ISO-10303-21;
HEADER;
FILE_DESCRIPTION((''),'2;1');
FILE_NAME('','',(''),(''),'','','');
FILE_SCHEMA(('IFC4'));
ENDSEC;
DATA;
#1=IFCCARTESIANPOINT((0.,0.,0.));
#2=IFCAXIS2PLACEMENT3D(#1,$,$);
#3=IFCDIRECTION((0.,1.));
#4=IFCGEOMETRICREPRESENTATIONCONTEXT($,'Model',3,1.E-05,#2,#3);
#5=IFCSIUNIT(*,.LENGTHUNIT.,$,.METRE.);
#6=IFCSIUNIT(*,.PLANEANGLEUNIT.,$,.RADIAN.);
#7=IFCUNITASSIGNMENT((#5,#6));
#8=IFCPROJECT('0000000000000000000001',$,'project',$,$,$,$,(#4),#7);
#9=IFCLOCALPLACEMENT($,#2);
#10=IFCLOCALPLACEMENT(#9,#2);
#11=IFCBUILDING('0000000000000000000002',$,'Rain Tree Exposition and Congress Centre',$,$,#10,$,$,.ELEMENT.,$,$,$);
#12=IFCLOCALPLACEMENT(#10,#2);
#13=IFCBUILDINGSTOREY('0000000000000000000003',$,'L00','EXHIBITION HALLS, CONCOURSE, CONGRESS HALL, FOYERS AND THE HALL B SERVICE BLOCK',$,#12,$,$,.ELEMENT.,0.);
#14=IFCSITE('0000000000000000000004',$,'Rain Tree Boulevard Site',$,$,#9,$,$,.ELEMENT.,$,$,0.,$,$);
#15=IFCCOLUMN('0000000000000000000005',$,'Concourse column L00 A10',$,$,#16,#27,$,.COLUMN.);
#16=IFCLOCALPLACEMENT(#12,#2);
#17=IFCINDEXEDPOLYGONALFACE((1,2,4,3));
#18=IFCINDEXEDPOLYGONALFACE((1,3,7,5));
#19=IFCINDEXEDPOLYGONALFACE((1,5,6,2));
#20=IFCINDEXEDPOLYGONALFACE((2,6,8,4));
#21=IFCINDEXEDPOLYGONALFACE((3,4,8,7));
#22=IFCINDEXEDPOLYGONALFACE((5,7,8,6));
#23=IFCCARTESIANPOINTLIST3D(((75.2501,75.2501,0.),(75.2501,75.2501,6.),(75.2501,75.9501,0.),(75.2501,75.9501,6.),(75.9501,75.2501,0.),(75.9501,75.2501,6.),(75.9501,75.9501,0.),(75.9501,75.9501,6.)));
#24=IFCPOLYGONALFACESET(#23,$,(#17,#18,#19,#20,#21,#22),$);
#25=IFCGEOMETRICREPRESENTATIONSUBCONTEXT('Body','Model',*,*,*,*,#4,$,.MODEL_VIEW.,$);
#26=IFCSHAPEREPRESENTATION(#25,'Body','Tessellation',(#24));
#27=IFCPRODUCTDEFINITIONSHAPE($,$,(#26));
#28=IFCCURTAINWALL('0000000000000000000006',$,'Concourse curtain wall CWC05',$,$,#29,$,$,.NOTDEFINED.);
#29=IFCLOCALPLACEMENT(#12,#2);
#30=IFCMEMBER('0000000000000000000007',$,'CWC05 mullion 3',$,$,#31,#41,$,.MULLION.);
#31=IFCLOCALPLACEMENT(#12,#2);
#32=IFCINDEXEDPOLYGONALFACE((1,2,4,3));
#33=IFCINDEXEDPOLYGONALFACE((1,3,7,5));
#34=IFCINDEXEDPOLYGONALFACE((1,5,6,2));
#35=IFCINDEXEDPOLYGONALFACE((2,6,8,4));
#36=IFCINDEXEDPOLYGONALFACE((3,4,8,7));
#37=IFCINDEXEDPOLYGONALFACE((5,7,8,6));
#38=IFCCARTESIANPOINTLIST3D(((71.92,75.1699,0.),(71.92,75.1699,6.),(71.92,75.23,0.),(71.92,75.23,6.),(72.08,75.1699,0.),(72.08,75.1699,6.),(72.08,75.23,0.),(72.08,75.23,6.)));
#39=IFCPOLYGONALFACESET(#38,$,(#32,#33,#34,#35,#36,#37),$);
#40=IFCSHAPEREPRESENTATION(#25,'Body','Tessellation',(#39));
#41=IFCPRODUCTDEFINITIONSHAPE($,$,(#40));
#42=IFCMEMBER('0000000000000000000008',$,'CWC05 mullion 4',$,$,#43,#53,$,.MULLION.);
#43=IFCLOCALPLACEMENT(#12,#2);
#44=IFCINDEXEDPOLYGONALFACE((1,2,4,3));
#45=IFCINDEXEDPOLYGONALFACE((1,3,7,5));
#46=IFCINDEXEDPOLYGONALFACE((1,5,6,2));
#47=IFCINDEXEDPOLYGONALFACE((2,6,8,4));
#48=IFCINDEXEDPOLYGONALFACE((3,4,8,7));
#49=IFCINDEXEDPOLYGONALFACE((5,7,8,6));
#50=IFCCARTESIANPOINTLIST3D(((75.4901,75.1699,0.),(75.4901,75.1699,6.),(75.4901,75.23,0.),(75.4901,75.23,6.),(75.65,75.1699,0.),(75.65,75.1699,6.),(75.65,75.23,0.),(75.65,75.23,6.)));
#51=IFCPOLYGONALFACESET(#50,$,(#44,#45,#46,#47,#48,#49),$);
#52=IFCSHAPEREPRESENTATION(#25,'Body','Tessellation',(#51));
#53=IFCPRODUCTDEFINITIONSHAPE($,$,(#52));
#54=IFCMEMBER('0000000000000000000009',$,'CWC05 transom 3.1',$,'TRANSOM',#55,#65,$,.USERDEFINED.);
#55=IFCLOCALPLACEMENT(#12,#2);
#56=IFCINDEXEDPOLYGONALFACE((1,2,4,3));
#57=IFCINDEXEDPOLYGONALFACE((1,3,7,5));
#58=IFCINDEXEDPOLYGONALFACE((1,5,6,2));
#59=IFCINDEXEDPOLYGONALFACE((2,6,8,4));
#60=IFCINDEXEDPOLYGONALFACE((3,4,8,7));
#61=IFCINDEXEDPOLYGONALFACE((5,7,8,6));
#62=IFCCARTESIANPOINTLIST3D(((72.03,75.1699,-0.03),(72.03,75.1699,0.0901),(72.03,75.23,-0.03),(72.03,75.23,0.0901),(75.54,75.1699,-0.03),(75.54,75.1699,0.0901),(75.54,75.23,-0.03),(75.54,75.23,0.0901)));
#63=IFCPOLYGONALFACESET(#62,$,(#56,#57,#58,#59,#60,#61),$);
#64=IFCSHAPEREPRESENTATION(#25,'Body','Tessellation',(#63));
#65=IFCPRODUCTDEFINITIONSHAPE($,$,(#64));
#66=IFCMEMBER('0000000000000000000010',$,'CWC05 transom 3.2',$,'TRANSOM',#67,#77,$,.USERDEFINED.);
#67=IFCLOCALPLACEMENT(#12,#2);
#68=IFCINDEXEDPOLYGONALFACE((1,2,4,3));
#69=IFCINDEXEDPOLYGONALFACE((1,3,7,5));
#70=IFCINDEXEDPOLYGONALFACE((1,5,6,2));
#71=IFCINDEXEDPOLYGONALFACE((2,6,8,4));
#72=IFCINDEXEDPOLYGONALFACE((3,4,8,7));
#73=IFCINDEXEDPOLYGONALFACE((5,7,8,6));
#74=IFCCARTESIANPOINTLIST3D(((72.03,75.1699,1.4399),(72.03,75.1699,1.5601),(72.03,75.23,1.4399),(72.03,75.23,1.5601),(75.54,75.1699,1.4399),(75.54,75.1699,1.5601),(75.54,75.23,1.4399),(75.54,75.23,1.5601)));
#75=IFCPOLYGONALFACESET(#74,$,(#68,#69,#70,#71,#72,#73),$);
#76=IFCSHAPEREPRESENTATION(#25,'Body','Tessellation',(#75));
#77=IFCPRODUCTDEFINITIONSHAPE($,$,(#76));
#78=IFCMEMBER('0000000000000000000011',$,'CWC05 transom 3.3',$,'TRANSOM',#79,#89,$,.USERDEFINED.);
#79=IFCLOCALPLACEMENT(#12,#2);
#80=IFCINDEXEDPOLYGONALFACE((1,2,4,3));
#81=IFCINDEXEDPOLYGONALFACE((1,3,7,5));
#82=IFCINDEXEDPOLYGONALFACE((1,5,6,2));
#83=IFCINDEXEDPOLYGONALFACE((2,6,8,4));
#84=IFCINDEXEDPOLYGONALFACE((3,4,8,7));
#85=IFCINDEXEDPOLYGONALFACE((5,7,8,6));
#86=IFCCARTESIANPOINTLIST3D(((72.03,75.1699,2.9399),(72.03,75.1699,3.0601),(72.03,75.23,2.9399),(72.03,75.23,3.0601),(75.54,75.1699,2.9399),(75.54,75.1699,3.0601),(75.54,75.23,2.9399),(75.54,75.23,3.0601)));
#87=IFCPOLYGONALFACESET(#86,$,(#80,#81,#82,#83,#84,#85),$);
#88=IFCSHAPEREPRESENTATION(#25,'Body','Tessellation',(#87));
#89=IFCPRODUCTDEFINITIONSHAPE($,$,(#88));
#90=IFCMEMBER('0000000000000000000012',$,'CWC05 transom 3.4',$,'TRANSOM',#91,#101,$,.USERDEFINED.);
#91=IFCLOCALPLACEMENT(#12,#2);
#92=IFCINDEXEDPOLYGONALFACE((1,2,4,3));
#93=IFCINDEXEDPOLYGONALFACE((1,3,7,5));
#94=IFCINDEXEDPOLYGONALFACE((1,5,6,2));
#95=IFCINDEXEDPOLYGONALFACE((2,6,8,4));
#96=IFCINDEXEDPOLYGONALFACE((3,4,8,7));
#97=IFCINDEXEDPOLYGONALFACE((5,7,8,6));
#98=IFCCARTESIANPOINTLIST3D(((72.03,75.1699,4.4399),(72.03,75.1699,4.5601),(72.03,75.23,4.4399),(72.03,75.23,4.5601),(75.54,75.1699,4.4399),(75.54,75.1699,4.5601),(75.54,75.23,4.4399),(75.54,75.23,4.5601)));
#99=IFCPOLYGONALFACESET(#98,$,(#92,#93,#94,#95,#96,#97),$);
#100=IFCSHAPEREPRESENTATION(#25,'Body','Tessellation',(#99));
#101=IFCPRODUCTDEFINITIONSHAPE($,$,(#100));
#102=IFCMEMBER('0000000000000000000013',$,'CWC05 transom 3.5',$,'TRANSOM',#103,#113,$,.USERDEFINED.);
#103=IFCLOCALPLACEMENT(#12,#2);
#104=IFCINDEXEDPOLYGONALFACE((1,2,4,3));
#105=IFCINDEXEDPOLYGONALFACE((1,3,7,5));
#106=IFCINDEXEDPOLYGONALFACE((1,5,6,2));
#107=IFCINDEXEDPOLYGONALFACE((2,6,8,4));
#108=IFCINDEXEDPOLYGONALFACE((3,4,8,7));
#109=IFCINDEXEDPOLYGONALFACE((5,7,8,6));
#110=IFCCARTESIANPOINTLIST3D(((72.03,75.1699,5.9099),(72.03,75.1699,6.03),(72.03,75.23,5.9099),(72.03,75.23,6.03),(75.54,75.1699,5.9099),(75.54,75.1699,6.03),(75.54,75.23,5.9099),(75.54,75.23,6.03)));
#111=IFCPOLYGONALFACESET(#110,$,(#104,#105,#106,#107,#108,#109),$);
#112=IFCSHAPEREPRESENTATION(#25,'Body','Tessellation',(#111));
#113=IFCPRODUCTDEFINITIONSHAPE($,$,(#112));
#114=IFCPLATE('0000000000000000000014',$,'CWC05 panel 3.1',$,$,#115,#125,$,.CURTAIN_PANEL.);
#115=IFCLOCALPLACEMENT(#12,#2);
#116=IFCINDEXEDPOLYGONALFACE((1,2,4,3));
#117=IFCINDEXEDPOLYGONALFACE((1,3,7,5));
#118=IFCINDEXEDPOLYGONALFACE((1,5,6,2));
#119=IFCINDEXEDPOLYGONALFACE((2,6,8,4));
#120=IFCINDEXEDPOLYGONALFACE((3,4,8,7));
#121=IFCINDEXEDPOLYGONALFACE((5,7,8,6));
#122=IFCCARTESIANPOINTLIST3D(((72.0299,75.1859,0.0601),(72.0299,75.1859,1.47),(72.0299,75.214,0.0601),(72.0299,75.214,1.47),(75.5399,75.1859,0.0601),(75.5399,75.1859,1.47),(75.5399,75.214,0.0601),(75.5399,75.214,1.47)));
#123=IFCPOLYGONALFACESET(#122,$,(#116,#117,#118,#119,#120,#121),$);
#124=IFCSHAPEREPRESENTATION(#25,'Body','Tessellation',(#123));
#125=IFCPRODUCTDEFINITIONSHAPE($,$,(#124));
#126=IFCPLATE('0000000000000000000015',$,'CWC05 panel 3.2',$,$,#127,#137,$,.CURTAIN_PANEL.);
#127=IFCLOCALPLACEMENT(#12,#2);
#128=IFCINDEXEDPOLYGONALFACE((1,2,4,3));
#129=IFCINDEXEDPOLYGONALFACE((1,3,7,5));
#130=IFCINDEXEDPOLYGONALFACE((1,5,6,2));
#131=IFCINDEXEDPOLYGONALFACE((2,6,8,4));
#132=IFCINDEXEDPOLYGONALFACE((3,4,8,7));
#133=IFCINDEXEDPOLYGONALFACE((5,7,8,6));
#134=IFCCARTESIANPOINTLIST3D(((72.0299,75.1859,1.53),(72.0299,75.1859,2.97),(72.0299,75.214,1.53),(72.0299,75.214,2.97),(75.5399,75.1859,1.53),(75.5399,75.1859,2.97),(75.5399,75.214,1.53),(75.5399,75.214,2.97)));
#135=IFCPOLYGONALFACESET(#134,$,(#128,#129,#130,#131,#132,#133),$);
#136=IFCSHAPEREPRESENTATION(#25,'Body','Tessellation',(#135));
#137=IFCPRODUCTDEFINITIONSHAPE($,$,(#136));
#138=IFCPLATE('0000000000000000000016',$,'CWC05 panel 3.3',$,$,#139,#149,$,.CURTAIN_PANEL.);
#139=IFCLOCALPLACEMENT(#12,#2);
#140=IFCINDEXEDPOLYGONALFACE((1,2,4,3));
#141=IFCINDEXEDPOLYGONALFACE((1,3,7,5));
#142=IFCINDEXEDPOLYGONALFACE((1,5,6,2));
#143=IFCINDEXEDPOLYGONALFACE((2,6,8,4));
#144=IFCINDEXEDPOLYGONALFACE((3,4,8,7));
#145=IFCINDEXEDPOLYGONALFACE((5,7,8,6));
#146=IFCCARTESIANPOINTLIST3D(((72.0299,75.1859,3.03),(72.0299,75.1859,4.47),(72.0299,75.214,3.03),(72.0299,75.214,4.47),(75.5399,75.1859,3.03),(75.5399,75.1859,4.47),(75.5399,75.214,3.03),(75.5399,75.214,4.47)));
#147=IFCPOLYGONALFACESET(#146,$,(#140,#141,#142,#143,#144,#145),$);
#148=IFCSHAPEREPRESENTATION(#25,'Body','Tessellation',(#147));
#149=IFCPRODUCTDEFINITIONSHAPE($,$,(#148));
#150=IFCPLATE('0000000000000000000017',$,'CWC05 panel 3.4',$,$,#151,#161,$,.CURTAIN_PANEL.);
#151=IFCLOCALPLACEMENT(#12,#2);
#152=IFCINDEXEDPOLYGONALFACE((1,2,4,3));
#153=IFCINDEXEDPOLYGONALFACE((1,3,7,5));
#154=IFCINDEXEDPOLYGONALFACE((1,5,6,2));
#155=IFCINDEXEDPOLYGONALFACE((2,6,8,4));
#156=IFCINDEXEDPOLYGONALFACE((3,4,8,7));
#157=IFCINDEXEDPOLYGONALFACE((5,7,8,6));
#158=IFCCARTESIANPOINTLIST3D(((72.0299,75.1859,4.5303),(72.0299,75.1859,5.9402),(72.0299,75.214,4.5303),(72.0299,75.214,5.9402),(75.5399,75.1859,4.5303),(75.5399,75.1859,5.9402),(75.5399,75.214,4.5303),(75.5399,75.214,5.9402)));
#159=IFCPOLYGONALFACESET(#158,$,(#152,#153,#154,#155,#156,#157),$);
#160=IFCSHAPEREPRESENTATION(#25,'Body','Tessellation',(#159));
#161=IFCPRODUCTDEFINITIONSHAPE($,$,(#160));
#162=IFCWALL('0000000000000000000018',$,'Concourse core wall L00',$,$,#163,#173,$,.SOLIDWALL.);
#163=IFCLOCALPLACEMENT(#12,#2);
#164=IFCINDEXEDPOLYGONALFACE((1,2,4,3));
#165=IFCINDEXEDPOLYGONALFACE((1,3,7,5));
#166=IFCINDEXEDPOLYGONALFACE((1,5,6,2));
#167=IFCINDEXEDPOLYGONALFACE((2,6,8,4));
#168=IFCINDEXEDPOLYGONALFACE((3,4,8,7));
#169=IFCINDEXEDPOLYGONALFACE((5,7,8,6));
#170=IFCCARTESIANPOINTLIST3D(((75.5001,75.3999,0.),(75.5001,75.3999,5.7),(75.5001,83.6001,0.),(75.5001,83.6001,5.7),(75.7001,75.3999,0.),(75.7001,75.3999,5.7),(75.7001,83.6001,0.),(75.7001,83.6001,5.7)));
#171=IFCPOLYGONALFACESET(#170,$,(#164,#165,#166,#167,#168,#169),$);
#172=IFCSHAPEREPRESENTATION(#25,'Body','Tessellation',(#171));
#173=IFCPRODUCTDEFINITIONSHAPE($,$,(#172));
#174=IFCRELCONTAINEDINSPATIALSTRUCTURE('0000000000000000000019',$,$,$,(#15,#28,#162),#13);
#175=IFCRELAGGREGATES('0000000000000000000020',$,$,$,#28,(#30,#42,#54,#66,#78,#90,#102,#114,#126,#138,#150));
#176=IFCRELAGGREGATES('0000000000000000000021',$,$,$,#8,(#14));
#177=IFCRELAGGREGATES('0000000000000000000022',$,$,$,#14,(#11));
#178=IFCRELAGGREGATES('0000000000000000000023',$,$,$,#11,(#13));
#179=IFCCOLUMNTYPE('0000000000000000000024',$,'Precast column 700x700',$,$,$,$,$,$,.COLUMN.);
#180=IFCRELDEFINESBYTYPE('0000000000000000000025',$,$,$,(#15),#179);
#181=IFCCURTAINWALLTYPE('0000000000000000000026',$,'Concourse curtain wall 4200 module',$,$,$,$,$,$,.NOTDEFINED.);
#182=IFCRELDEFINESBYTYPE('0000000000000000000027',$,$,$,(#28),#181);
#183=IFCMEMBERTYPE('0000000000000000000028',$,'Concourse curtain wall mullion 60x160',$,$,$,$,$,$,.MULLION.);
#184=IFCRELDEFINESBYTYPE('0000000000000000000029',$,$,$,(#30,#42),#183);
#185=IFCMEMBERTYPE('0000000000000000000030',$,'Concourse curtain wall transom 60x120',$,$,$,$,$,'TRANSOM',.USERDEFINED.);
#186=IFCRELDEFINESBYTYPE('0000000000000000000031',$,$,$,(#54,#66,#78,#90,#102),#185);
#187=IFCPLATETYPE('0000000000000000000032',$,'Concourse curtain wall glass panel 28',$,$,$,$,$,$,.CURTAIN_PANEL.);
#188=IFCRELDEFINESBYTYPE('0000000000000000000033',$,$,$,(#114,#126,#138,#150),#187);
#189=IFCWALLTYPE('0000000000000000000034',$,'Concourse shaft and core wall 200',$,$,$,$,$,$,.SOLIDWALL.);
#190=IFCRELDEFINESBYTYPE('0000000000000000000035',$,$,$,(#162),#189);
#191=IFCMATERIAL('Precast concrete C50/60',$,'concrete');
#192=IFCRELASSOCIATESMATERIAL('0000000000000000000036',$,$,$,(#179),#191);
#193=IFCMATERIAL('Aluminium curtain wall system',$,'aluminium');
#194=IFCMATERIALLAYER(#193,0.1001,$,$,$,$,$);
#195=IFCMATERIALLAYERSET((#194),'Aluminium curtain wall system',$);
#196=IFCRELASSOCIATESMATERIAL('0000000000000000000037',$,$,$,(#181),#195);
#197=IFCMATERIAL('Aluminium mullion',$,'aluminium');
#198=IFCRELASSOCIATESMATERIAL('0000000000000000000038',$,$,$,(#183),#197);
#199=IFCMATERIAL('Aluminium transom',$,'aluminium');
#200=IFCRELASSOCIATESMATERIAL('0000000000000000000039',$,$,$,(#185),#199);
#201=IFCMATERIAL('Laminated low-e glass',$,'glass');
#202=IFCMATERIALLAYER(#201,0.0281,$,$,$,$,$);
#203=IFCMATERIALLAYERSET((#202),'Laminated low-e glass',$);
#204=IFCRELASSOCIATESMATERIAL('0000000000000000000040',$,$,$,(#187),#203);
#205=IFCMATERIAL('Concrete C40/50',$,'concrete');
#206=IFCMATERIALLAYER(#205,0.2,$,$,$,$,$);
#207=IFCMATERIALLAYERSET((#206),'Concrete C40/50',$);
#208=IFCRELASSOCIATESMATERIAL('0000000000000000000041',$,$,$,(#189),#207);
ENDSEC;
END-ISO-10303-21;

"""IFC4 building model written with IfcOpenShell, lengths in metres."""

from ifc_helpers import new_model, si_unit, direction, frame, frame_2d, origin, origin_2d, place, context, subcontext, project, spatial, rectangle, extrude, material, layer, layer_set, material_profile, profile_set, type_object, element, aggregate, save


model = new_model("IFC4")

# Units and contexts
model_context = context("Model", 3, precision=1e-05, world=origin(), true_north=direction((0.0, 1.0)))
body_context = subcontext(model_context, "Body", "Model", "MODEL_VIEW")
ifc_project = project(units=[si_unit("LENGTHUNIT", "METRE"), si_unit("PLANEANGLEUNIT", "RADIAN")], contexts=[model_context])

# Site, building, storey
site_placement = place(None, origin())
site = spatial("IfcSite", under=ifc_project, at=site_placement, Name="Rain Tree Boulevard Site", CompositionType="ELEMENT", RefElevation=0.0)
building_placement = place(site_placement, origin())
building = spatial("IfcBuilding", under=site, at=building_placement, Name="Rain Tree Exposition and Congress Centre", CompositionType="ELEMENT")
storey_placement = place(building_placement, origin())
storey = spatial("IfcBuildingStorey", under=building, at=storey_placement, Name="L00", Description="EXHIBITION HALLS, CONCOURSE, CONGRESS HALL, FOYERS AND THE HALL B SERVICE BLOCK", CompositionType="ELEMENT", Elevation=0.0)

# Column
ifc_material_1 = material(Name="Precast concrete C50/60", Category="concrete")
ifc_material_profile_1 = material_profile(ifc_material_1, rectangle(XDim=0.7, YDim=0.7, at=origin_2d()), Name="RC 700x700")
ifc_profile_set_1 = profile_set([ifc_material_profile_1], Name="Precast concrete C50/60")
column_type = type_object("IfcColumnType", Name="Precast column 700x700", PredefinedType="COLUMN", material=ifc_profile_set_1)
column_placement = place(storey_placement, frame((75.6001, 75.6001, 0.0), z_axis=(0.0, 0.0, 1.0), x_axis=(1.0, 0.0, 0.0)))
element("IfcColumn", 1, at=column_placement, inside=storey, type_object=column_type, Name="Concourse column L00 A10", PredefinedType="COLUMN", context=body_context, shape_type="SweptSolid", body=[
    extrude(rectangle(XDim=0.7, YDim=0.7, at=origin_2d()), origin(), (0.0, 0.0, 1.0), 6.0),
])

# Curtain wall, members, plates
ifc_material_2 = material(Name="Aluminium curtain wall system", Category="aluminium")
ifc_layer_1 = layer(ifc_material_2, 0.1001)
ifc_layer_set_1 = layer_set([ifc_layer_1], Name="Aluminium curtain wall system")
curtain_wall_type = type_object("IfcCurtainWallType", Name="Concourse curtain wall 4200 module", PredefinedType="NOTDEFINED", material=ifc_layer_set_1)
curtain_wall_placement = place(storey_placement, origin())
curtain_wall = element("IfcCurtainWall", 2, at=curtain_wall_placement, inside=storey, type_object=curtain_wall_type, Name="Concourse curtain wall CWC05", PredefinedType="NOTDEFINED")
ifc_material_3 = material(Name="Aluminium mullion", Category="aluminium")
ifc_material_profile_2 = material_profile(ifc_material_3, rectangle(XDim=0.0601, YDim=0.1599, at=origin_2d()), Name="AL 60x160")
ifc_profile_set_2 = profile_set([ifc_material_profile_2], Name="Aluminium mullion")
member_type_1 = type_object("IfcMemberType", Name="Concourse curtain wall mullion 60x160", PredefinedType="MULLION", material=ifc_profile_set_2)
member_1_placement = place(storey_placement, frame((72.0, 75.2, 0.0), z_axis=(0.0, 0.0, 1.0), x_axis=(0.0, 1.0, 0.0)))
member_1 = element("IfcMember", 3, at=member_1_placement, type_object=member_type_1, Name="CWC05 mullion 3", PredefinedType="MULLION", context=body_context, shape_type="SweptSolid", body=[
    extrude(rectangle(XDim=0.0601, YDim=0.1599, at=origin_2d()), origin(), (0.0, 0.0, 1.0), 6.0),
])
member_2_placement = place(storey_placement, frame((75.5701, 75.2, 0.0), z_axis=(0.0, 0.0, 1.0), x_axis=(0.0, 1.0, 0.0)))
member_2 = element("IfcMember", 4, at=member_2_placement, type_object=member_type_1, Name="CWC05 mullion 4", PredefinedType="MULLION", context=body_context, shape_type="SweptSolid", body=[
    extrude(rectangle(XDim=0.0601, YDim=0.1599, at=origin_2d()), origin(), (0.0, 0.0, 1.0), 6.0),
])
ifc_material_4 = material(Name="Aluminium transom", Category="aluminium")
ifc_material_profile_3 = material_profile(ifc_material_4, rectangle(XDim=0.0601, YDim=0.1201, at=origin_2d()), Name="AL 60x120")
ifc_profile_set_3 = profile_set([ifc_material_profile_3], Name="Aluminium transom")
member_type_2 = type_object("IfcMemberType", Name="Concourse curtain wall transom 60x120", ElementType="TRANSOM", PredefinedType="USERDEFINED", material=ifc_profile_set_3)
member_3_placement = place(storey_placement, frame((72.03, 75.2, 0.03), z_axis=(1.0, 0.0, 0.0), x_axis=(0.0, 1.0, 0.0)))
member_3 = element("IfcMember", 5, at=member_3_placement, type_object=member_type_2, Name="CWC05 transom 3.1", ObjectType="TRANSOM", PredefinedType="USERDEFINED", context=body_context, shape_type="SweptSolid", body=[
    extrude(rectangle(XDim=0.0601, YDim=0.1201, at=origin_2d()), origin(), (0.0, 0.0, 1.0), 3.51),
])
member_4_placement = place(storey_placement, frame((72.03, 75.2, 1.5), z_axis=(1.0, 0.0, 0.0), x_axis=(0.0, 1.0, 0.0)))
member_4 = element("IfcMember", 6, at=member_4_placement, type_object=member_type_2, Name="CWC05 transom 3.2", ObjectType="TRANSOM", PredefinedType="USERDEFINED", context=body_context, shape_type="SweptSolid", body=[
    extrude(rectangle(XDim=0.0601, YDim=0.1201, at=origin_2d()), origin(), (0.0, 0.0, 1.0), 3.51),
])
member_5_placement = place(storey_placement, frame((72.03, 75.2, 3.0), z_axis=(1.0, 0.0, 0.0), x_axis=(0.0, 1.0, 0.0)))
member_5 = element("IfcMember", 7, at=member_5_placement, type_object=member_type_2, Name="CWC05 transom 3.3", ObjectType="TRANSOM", PredefinedType="USERDEFINED", context=body_context, shape_type="SweptSolid", body=[
    extrude(rectangle(XDim=0.0601, YDim=0.1201, at=origin_2d()), origin(), (0.0, 0.0, 1.0), 3.51),
])
member_6_placement = place(storey_placement, frame((72.03, 75.2, 4.5), z_axis=(1.0, 0.0, 0.0), x_axis=(0.0, 1.0, 0.0)))
member_6 = element("IfcMember", 8, at=member_6_placement, type_object=member_type_2, Name="CWC05 transom 3.4", ObjectType="TRANSOM", PredefinedType="USERDEFINED", context=body_context, shape_type="SweptSolid", body=[
    extrude(rectangle(XDim=0.0601, YDim=0.1201, at=origin_2d()), origin(), (0.0, 0.0, 1.0), 3.51),
])
member_7_placement = place(storey_placement, frame((72.03, 75.2, 5.97), z_axis=(1.0, 0.0, 0.0), x_axis=(0.0, 1.0, 0.0)))
member_7 = element("IfcMember", 9, at=member_7_placement, type_object=member_type_2, Name="CWC05 transom 3.5", ObjectType="TRANSOM", PredefinedType="USERDEFINED", context=body_context, shape_type="SweptSolid", body=[
    extrude(rectangle(XDim=0.0601, YDim=0.1201, at=origin_2d()), origin(), (0.0, 0.0, 1.0), 3.51),
])
ifc_material_5 = material(Name="Laminated low-e glass", Category="glass")
ifc_layer_2 = layer(ifc_material_5, 0.0281)
ifc_layer_set_2 = layer_set([ifc_layer_2], Name="Laminated low-e glass")
plate_type = type_object("IfcPlateType", Name="Concourse curtain wall glass panel 28", PredefinedType="CURTAIN_PANEL", material=ifc_layer_set_2)
plate_1_placement = place(storey_placement, frame((73.7849, 75.2, 0.0601), z_axis=(0.0, 0.0, 1.0), x_axis=(1.0, 0.0, 0.0)))
plate_1 = element("IfcPlate", 10, at=plate_1_placement, type_object=plate_type, Name="CWC05 panel 3.1", PredefinedType="CURTAIN_PANEL", context=body_context, shape_type="SweptSolid", body=[
    extrude(rectangle(XDim=3.51, YDim=0.0281, at=origin_2d()), origin(), (0.0, 0.0, 1.0), 1.4099),
])
plate_2_placement = place(storey_placement, frame((73.7849, 75.2, 1.53), z_axis=(0.0, 0.0, 1.0), x_axis=(1.0, 0.0, 0.0)))
plate_2 = element("IfcPlate", 11, at=plate_2_placement, type_object=plate_type, Name="CWC05 panel 3.2", PredefinedType="CURTAIN_PANEL", context=body_context, shape_type="SweptSolid", body=[
    extrude(rectangle(XDim=3.51, YDim=0.0281, at=origin_2d()), origin(), (0.0, 0.0, 1.0), 1.4399),
])
plate_3_placement = place(storey_placement, frame((73.7849, 75.2, 3.03), z_axis=(0.0, 0.0, 1.0), x_axis=(1.0, 0.0, 0.0)))
plate_3 = element("IfcPlate", 12, at=plate_3_placement, type_object=plate_type, Name="CWC05 panel 3.3", PredefinedType="CURTAIN_PANEL", context=body_context, shape_type="SweptSolid", body=[
    extrude(rectangle(XDim=3.51, YDim=0.0281, at=origin_2d()), origin(), (0.0, 0.0, 1.0), 1.4399),
])
plate_4_placement = place(storey_placement, frame((73.7849, 75.2, 4.5303), z_axis=(0.0, 0.0, 1.0), x_axis=(1.0, 0.0, 0.0)))
plate_4 = element("IfcPlate", 13, at=plate_4_placement, type_object=plate_type, Name="CWC05 panel 3.4", PredefinedType="CURTAIN_PANEL", context=body_context, shape_type="SweptSolid", body=[
    extrude(rectangle(XDim=3.51, YDim=0.0281, at=origin_2d()), origin(), (0.0, 0.0, 1.0), 1.4099),
])
aggregate(curtain_wall, [member_1, member_2, member_3, member_4, member_5, member_6, member_7, plate_1, plate_2, plate_3, plate_4])

# Wall
ifc_material_6 = material(Name="Concrete C40/50", Category="concrete")
ifc_layer_3 = layer(ifc_material_6, 0.2)
ifc_layer_set_3 = layer_set([ifc_layer_3], Name="Concrete C40/50")
wall_type = type_object("IfcWallType", Name="Concourse shaft and core wall 200", PredefinedType="SOLIDWALL", material=ifc_layer_set_3)
wall_1_placement = place(storey_placement, frame((75.6001, 75.3999, 0.0), z_axis=(0.0, 0.0, 1.0), x_axis=(0.0, 1.0, 0.0)))
element("IfcWall", 14, at=wall_1_placement, inside=storey, type_object=wall_type, Name="Concourse core wall L00", PredefinedType="SOLIDWALL", context=body_context, shape_type="SweptSolid", body=[
    extrude(rectangle(XDim=8.2002, YDim=0.2, at=frame_2d((4.1001, 0.0))), origin(), (0.0, 0.0, 1.0), 5.7),
])

save(model, "model.ifc")
